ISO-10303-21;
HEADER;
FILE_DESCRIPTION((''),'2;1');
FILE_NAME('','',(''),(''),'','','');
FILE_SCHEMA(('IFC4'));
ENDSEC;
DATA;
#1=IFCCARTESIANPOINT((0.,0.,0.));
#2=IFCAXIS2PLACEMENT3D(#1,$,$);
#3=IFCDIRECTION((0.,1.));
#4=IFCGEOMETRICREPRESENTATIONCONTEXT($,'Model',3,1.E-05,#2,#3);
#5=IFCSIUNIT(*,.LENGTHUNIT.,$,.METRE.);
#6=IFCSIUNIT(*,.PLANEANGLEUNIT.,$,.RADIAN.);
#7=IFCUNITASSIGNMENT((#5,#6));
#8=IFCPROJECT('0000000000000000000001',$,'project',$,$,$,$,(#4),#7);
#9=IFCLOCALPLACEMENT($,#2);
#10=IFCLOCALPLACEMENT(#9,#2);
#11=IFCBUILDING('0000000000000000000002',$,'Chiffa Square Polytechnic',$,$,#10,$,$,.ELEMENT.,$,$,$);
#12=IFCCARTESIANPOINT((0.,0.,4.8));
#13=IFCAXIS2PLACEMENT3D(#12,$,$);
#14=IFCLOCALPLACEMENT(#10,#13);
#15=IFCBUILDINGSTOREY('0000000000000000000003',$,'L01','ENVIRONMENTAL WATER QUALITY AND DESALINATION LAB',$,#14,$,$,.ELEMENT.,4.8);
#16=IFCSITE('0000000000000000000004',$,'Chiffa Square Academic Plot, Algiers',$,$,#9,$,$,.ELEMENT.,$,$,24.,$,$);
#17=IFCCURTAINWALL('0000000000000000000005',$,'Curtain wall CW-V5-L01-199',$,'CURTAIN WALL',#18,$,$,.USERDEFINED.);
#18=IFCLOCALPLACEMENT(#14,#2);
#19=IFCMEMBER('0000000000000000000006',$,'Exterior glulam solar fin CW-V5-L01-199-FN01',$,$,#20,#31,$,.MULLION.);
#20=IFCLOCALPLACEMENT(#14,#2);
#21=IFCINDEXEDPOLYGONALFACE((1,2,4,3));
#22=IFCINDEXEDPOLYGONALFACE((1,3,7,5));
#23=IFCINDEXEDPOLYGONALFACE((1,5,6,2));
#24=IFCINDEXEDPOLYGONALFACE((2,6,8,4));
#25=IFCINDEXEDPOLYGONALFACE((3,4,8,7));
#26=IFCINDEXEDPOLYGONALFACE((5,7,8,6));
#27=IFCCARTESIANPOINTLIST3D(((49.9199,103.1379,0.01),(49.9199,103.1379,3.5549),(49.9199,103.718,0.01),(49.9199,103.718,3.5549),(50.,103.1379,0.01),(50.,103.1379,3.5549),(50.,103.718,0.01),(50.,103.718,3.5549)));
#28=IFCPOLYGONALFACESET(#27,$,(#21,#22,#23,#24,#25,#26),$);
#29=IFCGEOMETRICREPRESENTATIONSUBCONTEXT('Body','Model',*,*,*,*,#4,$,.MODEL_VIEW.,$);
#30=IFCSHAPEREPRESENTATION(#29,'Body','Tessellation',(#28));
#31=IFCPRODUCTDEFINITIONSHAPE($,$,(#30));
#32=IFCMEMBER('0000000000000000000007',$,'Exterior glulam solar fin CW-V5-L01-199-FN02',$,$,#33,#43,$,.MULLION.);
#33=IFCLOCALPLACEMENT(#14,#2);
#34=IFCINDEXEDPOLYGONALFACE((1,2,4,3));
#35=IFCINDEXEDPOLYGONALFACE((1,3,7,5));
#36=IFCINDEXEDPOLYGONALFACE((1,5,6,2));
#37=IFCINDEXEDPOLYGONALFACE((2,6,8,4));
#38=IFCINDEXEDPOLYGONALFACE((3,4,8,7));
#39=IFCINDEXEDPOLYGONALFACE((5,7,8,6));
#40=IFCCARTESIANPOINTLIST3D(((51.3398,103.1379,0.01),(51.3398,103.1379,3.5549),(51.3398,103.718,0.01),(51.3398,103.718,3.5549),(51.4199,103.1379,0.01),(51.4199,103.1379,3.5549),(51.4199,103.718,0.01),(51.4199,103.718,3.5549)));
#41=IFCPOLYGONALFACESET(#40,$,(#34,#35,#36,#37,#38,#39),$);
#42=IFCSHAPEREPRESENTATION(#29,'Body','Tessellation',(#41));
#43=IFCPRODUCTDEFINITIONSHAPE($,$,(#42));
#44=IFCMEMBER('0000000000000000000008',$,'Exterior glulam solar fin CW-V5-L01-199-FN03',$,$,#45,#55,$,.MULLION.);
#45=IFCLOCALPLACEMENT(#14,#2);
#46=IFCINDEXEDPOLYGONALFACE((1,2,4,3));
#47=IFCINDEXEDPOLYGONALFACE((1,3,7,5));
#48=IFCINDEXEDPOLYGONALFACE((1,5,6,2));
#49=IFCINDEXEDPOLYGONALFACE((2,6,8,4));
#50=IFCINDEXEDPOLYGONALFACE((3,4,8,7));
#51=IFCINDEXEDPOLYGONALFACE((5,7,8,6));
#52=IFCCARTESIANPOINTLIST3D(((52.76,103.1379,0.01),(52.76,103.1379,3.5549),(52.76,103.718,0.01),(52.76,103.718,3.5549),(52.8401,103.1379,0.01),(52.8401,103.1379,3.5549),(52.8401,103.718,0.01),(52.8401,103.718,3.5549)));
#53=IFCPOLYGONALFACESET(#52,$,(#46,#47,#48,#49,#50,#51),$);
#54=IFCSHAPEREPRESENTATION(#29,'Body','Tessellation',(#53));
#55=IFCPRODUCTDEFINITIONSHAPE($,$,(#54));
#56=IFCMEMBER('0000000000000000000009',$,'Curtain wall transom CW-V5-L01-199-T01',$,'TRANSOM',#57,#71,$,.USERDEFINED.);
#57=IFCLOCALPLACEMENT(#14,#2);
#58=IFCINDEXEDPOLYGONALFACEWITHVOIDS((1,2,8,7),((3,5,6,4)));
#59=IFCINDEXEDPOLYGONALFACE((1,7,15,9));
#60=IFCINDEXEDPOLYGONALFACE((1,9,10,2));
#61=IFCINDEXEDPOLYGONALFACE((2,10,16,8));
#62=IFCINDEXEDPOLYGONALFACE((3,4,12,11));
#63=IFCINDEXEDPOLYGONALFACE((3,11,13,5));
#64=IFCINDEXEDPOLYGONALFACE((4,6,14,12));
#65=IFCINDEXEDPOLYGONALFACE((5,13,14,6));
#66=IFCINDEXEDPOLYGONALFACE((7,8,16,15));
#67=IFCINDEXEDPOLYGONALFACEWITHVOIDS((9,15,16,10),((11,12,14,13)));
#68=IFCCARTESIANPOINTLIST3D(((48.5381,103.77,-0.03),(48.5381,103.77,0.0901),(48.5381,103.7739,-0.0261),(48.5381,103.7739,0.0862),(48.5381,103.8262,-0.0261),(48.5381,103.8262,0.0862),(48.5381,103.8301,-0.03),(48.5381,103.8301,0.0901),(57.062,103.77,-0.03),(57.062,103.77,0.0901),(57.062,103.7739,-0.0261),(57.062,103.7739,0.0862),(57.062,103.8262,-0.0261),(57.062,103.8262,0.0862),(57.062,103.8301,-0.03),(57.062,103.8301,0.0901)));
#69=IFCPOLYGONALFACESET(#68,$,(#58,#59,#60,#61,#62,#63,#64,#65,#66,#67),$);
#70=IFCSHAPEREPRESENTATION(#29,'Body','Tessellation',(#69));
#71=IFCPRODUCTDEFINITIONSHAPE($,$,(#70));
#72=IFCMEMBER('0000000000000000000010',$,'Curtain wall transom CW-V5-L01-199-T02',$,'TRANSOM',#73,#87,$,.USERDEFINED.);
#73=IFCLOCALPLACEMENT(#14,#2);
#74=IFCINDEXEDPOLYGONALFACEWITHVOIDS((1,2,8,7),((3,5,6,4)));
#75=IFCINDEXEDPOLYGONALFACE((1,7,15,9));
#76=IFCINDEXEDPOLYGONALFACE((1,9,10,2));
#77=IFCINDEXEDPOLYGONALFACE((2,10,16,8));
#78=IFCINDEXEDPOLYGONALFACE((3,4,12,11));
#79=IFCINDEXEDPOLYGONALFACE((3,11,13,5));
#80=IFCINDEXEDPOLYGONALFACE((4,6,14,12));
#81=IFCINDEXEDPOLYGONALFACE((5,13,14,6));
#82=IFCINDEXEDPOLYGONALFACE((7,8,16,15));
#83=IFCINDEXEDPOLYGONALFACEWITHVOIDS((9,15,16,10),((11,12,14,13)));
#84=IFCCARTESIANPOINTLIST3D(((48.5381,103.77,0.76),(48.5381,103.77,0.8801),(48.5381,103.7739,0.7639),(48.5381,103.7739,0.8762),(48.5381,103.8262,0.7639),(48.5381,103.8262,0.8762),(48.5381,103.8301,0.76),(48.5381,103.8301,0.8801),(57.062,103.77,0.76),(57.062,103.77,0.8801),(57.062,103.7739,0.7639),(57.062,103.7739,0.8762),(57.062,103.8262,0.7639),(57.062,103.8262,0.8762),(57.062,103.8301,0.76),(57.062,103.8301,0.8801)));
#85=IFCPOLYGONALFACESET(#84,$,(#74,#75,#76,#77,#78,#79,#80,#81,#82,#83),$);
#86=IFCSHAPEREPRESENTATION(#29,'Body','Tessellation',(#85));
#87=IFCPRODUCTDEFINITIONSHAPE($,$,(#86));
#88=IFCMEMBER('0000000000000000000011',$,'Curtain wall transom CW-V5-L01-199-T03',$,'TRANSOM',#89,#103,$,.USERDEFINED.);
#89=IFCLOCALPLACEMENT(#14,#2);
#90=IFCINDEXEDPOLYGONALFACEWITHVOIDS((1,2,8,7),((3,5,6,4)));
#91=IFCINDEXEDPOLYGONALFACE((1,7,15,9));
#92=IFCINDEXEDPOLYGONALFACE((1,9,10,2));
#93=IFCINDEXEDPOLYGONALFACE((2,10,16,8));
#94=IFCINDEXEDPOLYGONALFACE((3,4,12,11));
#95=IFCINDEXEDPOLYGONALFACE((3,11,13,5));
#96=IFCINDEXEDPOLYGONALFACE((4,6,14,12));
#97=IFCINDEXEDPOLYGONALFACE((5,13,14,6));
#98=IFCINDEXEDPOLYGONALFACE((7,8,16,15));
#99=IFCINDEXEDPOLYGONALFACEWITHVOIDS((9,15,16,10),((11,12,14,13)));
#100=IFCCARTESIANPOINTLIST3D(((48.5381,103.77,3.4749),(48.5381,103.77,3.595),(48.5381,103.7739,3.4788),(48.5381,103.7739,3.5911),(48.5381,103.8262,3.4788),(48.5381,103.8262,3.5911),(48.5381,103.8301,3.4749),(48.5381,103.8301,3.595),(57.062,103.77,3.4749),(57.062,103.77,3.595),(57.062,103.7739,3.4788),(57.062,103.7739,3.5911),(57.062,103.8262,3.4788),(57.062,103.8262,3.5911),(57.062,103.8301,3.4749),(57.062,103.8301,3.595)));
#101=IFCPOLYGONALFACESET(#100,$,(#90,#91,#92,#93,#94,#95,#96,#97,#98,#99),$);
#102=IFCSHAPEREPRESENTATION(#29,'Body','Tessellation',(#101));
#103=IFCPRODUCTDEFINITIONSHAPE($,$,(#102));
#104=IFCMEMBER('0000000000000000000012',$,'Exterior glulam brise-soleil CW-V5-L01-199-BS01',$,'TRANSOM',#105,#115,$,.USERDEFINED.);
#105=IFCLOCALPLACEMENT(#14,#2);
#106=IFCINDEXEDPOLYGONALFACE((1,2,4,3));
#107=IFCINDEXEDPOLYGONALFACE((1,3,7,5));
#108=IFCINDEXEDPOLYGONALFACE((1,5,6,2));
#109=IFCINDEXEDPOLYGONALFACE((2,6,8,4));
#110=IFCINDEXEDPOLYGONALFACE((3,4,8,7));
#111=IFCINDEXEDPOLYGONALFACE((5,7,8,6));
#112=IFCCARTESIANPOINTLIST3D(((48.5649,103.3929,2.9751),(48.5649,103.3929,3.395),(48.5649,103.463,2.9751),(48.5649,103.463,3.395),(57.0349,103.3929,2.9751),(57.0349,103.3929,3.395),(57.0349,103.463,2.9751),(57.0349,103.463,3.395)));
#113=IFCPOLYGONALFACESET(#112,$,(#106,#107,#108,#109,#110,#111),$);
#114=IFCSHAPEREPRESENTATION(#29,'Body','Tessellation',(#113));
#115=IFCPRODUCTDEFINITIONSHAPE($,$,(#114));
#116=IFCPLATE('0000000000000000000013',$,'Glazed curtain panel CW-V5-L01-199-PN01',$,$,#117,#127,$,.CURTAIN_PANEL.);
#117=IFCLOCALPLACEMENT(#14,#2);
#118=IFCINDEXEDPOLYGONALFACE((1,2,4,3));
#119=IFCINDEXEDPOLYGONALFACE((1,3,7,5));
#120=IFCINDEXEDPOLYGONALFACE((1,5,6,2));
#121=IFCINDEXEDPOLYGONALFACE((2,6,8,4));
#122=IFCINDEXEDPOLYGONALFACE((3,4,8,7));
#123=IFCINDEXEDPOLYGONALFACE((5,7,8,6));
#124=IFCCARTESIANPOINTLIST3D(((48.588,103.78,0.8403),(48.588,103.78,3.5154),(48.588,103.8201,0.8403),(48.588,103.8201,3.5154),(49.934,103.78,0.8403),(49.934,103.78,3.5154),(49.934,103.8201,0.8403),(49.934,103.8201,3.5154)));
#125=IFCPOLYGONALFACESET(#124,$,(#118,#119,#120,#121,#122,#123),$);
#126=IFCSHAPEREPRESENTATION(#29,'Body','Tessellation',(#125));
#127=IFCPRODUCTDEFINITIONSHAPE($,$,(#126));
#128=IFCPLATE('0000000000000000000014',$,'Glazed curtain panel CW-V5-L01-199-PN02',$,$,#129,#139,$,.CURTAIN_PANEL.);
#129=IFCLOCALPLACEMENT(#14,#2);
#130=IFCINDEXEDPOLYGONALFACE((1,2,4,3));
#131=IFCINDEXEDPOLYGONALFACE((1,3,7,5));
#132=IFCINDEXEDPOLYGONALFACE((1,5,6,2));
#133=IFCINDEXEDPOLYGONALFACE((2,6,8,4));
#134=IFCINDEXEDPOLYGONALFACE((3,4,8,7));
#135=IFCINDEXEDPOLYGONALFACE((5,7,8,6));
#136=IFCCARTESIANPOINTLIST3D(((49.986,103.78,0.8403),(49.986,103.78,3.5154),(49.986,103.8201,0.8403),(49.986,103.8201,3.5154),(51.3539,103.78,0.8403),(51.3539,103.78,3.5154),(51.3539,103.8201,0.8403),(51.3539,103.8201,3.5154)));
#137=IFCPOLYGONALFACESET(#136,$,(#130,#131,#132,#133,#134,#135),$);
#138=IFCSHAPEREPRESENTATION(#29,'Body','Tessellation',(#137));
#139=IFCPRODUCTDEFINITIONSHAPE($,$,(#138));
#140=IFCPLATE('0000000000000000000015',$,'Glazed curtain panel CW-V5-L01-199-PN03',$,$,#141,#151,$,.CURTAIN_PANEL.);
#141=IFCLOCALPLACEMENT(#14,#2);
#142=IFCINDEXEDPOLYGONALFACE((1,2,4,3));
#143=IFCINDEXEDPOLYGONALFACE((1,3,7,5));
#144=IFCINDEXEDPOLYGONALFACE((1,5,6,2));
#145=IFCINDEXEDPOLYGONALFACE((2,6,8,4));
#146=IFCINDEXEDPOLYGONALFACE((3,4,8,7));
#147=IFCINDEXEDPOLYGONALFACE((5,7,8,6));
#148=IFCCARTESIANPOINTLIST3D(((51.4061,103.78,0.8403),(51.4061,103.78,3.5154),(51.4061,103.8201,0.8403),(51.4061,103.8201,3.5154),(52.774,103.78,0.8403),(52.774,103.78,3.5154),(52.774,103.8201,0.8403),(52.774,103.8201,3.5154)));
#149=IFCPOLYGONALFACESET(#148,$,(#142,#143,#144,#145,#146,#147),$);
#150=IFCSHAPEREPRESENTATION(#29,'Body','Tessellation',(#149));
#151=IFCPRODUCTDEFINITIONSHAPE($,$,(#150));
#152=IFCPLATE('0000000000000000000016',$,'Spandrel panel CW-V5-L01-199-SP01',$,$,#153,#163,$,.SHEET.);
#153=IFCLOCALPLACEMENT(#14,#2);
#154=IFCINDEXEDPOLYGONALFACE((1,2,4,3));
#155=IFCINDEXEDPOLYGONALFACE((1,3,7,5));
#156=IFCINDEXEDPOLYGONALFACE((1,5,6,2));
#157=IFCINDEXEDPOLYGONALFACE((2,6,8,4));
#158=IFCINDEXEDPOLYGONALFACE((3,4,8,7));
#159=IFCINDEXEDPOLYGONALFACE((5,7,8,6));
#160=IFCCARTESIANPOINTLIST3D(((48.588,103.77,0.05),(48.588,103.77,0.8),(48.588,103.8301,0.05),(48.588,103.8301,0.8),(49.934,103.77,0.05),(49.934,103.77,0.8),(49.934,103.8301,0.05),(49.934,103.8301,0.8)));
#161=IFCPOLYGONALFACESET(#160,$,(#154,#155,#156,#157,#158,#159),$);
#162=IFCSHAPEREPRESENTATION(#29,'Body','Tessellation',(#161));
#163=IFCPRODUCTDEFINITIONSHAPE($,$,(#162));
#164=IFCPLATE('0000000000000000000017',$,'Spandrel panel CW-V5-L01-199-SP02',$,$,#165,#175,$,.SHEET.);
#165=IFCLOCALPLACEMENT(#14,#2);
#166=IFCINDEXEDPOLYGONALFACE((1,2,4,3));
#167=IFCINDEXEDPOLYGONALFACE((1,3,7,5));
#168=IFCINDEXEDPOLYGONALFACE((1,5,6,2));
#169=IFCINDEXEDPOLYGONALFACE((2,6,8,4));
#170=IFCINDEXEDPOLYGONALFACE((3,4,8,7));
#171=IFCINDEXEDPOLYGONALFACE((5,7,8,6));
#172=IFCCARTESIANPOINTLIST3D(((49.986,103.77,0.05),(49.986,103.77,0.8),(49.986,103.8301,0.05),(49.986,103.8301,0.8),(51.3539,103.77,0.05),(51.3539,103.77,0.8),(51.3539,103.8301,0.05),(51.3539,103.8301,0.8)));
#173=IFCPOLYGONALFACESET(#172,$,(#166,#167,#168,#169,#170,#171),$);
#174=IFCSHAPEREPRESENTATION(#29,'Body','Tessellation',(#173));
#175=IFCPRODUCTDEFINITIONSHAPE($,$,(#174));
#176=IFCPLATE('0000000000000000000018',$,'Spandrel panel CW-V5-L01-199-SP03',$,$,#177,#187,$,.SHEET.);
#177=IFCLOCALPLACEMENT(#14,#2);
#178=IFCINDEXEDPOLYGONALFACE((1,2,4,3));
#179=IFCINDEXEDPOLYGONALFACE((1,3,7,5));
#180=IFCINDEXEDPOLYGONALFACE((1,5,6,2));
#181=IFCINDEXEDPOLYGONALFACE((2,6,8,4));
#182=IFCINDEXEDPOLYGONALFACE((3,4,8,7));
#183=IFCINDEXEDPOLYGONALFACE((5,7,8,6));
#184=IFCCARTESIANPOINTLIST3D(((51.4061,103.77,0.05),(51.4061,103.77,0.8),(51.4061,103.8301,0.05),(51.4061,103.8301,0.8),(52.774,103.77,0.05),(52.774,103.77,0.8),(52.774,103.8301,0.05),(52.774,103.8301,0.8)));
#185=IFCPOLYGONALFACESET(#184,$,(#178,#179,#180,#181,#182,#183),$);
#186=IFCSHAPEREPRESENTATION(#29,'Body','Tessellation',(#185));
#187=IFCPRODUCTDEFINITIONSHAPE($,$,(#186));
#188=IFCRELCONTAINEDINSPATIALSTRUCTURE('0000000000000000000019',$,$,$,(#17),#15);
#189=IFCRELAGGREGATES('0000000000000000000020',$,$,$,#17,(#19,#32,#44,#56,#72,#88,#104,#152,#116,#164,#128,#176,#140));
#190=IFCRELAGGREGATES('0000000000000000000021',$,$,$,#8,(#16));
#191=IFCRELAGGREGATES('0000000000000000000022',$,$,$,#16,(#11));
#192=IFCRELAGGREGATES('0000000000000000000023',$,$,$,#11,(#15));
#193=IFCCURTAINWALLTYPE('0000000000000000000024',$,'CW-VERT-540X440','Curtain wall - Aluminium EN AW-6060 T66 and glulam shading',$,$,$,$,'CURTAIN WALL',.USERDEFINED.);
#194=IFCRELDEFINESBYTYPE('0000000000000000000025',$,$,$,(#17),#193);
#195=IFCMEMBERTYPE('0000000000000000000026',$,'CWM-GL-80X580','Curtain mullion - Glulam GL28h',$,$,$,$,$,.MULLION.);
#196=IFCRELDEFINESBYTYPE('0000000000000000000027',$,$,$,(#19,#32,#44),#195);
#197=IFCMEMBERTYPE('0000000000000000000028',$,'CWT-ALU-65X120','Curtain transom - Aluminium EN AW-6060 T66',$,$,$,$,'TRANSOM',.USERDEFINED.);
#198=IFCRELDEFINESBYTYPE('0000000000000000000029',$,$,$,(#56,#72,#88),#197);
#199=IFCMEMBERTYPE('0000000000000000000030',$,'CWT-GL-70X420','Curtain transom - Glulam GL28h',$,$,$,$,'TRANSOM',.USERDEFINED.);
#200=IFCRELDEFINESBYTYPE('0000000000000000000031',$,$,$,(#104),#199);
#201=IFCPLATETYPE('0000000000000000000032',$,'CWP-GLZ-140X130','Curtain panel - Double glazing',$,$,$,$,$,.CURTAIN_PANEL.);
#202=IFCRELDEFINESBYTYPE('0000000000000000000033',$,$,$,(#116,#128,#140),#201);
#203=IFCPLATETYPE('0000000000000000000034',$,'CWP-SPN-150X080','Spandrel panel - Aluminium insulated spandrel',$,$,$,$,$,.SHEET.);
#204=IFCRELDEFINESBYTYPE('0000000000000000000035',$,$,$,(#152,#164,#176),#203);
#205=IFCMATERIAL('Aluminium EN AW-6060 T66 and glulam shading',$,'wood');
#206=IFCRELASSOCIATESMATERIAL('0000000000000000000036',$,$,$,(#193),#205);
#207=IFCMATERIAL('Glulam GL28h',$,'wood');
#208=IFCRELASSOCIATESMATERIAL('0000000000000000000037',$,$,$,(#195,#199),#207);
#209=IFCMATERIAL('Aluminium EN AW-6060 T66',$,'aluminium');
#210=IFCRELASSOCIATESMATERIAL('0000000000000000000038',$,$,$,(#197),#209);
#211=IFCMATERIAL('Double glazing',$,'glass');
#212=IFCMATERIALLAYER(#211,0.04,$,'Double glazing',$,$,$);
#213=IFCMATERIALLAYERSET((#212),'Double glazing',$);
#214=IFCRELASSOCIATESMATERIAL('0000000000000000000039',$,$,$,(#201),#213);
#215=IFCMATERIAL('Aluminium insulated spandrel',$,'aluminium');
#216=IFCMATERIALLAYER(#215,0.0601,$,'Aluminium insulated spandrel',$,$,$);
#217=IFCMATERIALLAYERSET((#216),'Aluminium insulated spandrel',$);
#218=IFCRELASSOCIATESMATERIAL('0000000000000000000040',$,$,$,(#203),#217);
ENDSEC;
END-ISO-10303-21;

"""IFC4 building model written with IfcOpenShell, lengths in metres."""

from ifc_helpers import new_model, si_unit, direction, frame, origin, origin_2d, place, context, subcontext, project, spatial, rectangle, hollow_rectangle, extrude, material, layer, layer_set, material_profile, profile_set, type_object, element, aggregate, save


model = new_model("IFC4")

# Units and contexts
model_context = context("Model", 3, precision=1e-05, world=origin(), true_north=direction((0.0, 1.0)))
body_context = subcontext(model_context, "Body", "Model", "MODEL_VIEW")
ifc_project = project(units=[si_unit("LENGTHUNIT", "METRE"), si_unit("PLANEANGLEUNIT", "RADIAN")], contexts=[model_context])

# Site, building, storey
site_placement = place(None, origin())
site = spatial("IfcSite", under=ifc_project, at=site_placement, Name="Chiffa Square Academic Plot, Algiers", CompositionType="ELEMENT", RefElevation=24.0)
building_placement = place(site_placement, origin())
building = spatial("IfcBuilding", under=site, at=building_placement, Name="Chiffa Square Polytechnic", CompositionType="ELEMENT")
storey_placement = place(building_placement, frame((0.0, 0.0, 4.8)))
storey = spatial("IfcBuildingStorey", under=building, at=storey_placement, Name="L01", Description="ENVIRONMENTAL WATER QUALITY AND DESALINATION LAB", CompositionType="ELEMENT", Elevation=4.8)

# Curtain wall
ifc_material_1 = material(Name="Aluminium EN AW-6060 T66 and glulam shading", Category="wood")
curtain_wall_type_1 = type_object("IfcCurtainWallType", Name="CW-VERT-540X440", Description="Curtain wall - Aluminium EN AW-6060 T66 and glulam shading", ElementType="CURTAIN WALL", PredefinedType="USERDEFINED", material=ifc_material_1)
curtain_wall_1_placement = place(storey_placement, origin())
curtain_wall_1 = element("IfcCurtainWall", 1, at=curtain_wall_1_placement, inside=storey, type_object=curtain_wall_type_1, Name="Curtain wall CW-V5-L01-199", ObjectType="CURTAIN WALL", PredefinedType="USERDEFINED")
ifc_material_2 = material(Name="Aluminium EN AW-6060 T66", Category="aluminium")
ifc_material_3 = material(Name="Glulam GL28h", Category="wood")

# Members
ifc_material_profile_1 = material_profile(ifc_material_3, rectangle(XDim=0.0801, YDim=0.5801, at=origin_2d()), Name="GL28h 80x580")
ifc_profile_set_1 = profile_set([ifc_material_profile_1], Name="Glulam GL28h")
member_type_1 = type_object("IfcMemberType", Name="CWM-GL-80X580", Description="Curtain mullion - Glulam GL28h", PredefinedType="MULLION", material=ifc_profile_set_1)
member_1_placement = place(storey_placement, frame((49.96, 103.428, 0.01), z_axis=(0.0, 0.0, 1.0), x_axis=(1.0, 0.0, 0.0)))
member_1 = element("IfcMember", 2, at=member_1_placement, type_object=member_type_1, Name="Exterior glulam solar fin CW-V5-L01-199-FN01", PredefinedType="MULLION", context=body_context, shape_type="SweptSolid", body=[
    extrude(rectangle(XDim=0.0801, YDim=0.5801, at=origin_2d()), origin(), (0.0, 0.0, 1.0), 3.5449),
])
member_2_placement = place(storey_placement, frame((51.3799, 103.428, 0.01), z_axis=(0.0, 0.0, 1.0), x_axis=(1.0, 0.0, 0.0)))
member_2 = element("IfcMember", 3, at=member_2_placement, type_object=member_type_1, Name="Exterior glulam solar fin CW-V5-L01-199-FN02", PredefinedType="MULLION", context=body_context, shape_type="SweptSolid", body=[
    extrude(rectangle(XDim=0.0801, YDim=0.5801, at=origin_2d()), origin(), (0.0, 0.0, 1.0), 3.5449),
])
member_3_placement = place(storey_placement, frame((52.8, 103.428, 0.01), z_axis=(0.0, 0.0, 1.0), x_axis=(1.0, 0.0, 0.0)))
member_3 = element("IfcMember", 4, at=member_3_placement, type_object=member_type_1, Name="Exterior glulam solar fin CW-V5-L01-199-FN03", PredefinedType="MULLION", context=body_context, shape_type="SweptSolid", body=[
    extrude(rectangle(XDim=0.0801, YDim=0.5801, at=origin_2d()), origin(), (0.0, 0.0, 1.0), 3.5449),
])
ifc_material_profile_2 = material_profile(ifc_material_2, hollow_rectangle(XDim=0.0601, YDim=0.1201, WallThickness=0.0039, at=origin_2d()), Name="ALU 60x120x4")
ifc_profile_set_2 = profile_set([ifc_material_profile_2], Name="Aluminium EN AW-6060 T66")
member_type_2 = type_object("IfcMemberType", Name="CWT-ALU-65X120", Description="Curtain transom - Aluminium EN AW-6060 T66", ElementType="TRANSOM", PredefinedType="USERDEFINED", material=ifc_profile_set_2)
member_4_placement = place(storey_placement, frame((48.5381, 103.8, 0.03), z_axis=(1.0, 0.0, 0.0), x_axis=(0.0, 1.0, 0.0)))
member_4 = element("IfcMember", 5, at=member_4_placement, type_object=member_type_2, Name="Curtain wall transom CW-V5-L01-199-T01", ObjectType="TRANSOM", PredefinedType="USERDEFINED", context=body_context, shape_type="SweptSolid", body=[
    extrude(hollow_rectangle(XDim=0.0601, YDim=0.1201, WallThickness=0.0039, at=origin_2d()), origin(), (0.0, 0.0, 1.0), 8.5239),
])
member_5_placement = place(storey_placement, frame((48.5381, 103.8, 0.8201), z_axis=(1.0, 0.0, 0.0), x_axis=(0.0, 1.0, 0.0)))
member_5 = element("IfcMember", 6, at=member_5_placement, type_object=member_type_2, Name="Curtain wall transom CW-V5-L01-199-T02", ObjectType="TRANSOM", PredefinedType="USERDEFINED", context=body_context, shape_type="SweptSolid", body=[
    extrude(hollow_rectangle(XDim=0.0601, YDim=0.1201, WallThickness=0.0039, at=origin_2d()), origin(), (0.0, 0.0, 1.0), 8.5239),
])
member_6_placement = place(storey_placement, frame((48.5381, 103.8, 3.5349), z_axis=(1.0, 0.0, 0.0), x_axis=(0.0, 1.0, 0.0)))
member_6 = element("IfcMember", 7, at=member_6_placement, type_object=member_type_2, Name="Curtain wall transom CW-V5-L01-199-T03", ObjectType="TRANSOM", PredefinedType="USERDEFINED", context=body_context, shape_type="SweptSolid", body=[
    extrude(hollow_rectangle(XDim=0.0601, YDim=0.1201, WallThickness=0.0039, at=origin_2d()), origin(), (0.0, 0.0, 1.0), 8.5239),
])
ifc_material_profile_3 = material_profile(ifc_material_3, rectangle(XDim=0.0701, YDim=0.4199, at=origin_2d()), Name="GL28h 70x420")
ifc_profile_set_3 = profile_set([ifc_material_profile_3], Name="Glulam GL28h")
member_type_3 = type_object("IfcMemberType", Name="CWT-GL-70X420", Description="Curtain transom - Glulam GL28h", ElementType="TRANSOM", PredefinedType="USERDEFINED", material=ifc_profile_set_3)
member_7_placement = place(storey_placement, frame((48.5649, 103.428, 3.1851), z_axis=(1.0, 0.0, 0.0), x_axis=(0.0, 1.0, 0.0)))
member_7 = element("IfcMember", 8, at=member_7_placement, type_object=member_type_3, Name="Exterior glulam brise-soleil CW-V5-L01-199-BS01", ObjectType="TRANSOM", PredefinedType="USERDEFINED", context=body_context, shape_type="SweptSolid", body=[
    extrude(rectangle(XDim=0.0701, YDim=0.4199, at=origin_2d()), origin(), (0.0, 0.0, 1.0), 8.47),
])

# Plates
ifc_material_4 = material(Name="Double glazing", Category="glass")
ifc_layer_1 = layer(ifc_material_4, 0.04, Name="Double glazing")
ifc_layer_set_1 = layer_set([ifc_layer_1], Name="Double glazing")
plate_type_1 = type_object("IfcPlateType", Name="CWP-GLZ-140X130", Description="Curtain panel - Double glazing", PredefinedType="CURTAIN_PANEL", material=ifc_layer_set_1)
plate_1_placement = place(storey_placement, frame((49.261, 103.8, 0.8403), z_axis=(0.0, 0.0, 1.0), x_axis=(1.0, 0.0, 0.0)))
plate_1 = element("IfcPlate", 9, at=plate_1_placement, type_object=plate_type_1, Name="Glazed curtain panel CW-V5-L01-199-PN01", PredefinedType="CURTAIN_PANEL", context=body_context, shape_type="SweptSolid", body=[
    extrude(rectangle(XDim=1.3459, YDim=0.04, at=origin_2d()), origin(), (0.0, 0.0, 1.0), 2.675),
])
plate_2_placement = place(storey_placement, frame((50.6699, 103.8, 0.8403), z_axis=(0.0, 0.0, 1.0), x_axis=(1.0, 0.0, 0.0)))
plate_2 = element("IfcPlate", 10, at=plate_2_placement, type_object=plate_type_1, Name="Glazed curtain panel CW-V5-L01-199-PN02", PredefinedType="CURTAIN_PANEL", context=body_context, shape_type="SweptSolid", body=[
    extrude(rectangle(XDim=1.3679, YDim=0.04, at=origin_2d()), origin(), (0.0, 0.0, 1.0), 2.675),
])
plate_3_placement = place(storey_placement, frame((52.0901, 103.8, 0.8403), z_axis=(0.0, 0.0, 1.0), x_axis=(1.0, 0.0, 0.0)))
plate_3 = element("IfcPlate", 11, at=plate_3_placement, type_object=plate_type_1, Name="Glazed curtain panel CW-V5-L01-199-PN03", PredefinedType="CURTAIN_PANEL", context=body_context, shape_type="SweptSolid", body=[
    extrude(rectangle(XDim=1.3679, YDim=0.04, at=origin_2d()), origin(), (0.0, 0.0, 1.0), 2.675),
])
ifc_material_5 = material(Name="Aluminium insulated spandrel", Category="aluminium")
ifc_layer_2 = layer(ifc_material_5, 0.0601, Name="Aluminium insulated spandrel")
ifc_layer_set_2 = layer_set([ifc_layer_2], Name="Aluminium insulated spandrel")
plate_type_2 = type_object("IfcPlateType", Name="CWP-SPN-150X080", Description="Spandrel panel - Aluminium insulated spandrel", PredefinedType="SHEET", material=ifc_layer_set_2)
plate_4_placement = place(storey_placement, frame((49.261, 103.8, 0.05), z_axis=(0.0, 0.0, 1.0), x_axis=(1.0, 0.0, 0.0)))
plate_4 = element("IfcPlate", 12, at=plate_4_placement, type_object=plate_type_2, Name="Spandrel panel CW-V5-L01-199-SP01", PredefinedType="SHEET", context=body_context, shape_type="SweptSolid", body=[
    extrude(rectangle(XDim=1.3459, YDim=0.0601, at=origin_2d()), origin(), (0.0, 0.0, 1.0), 0.75),
])
plate_5_placement = place(storey_placement, frame((50.6699, 103.8, 0.05), z_axis=(0.0, 0.0, 1.0), x_axis=(1.0, 0.0, 0.0)))
plate_5 = element("IfcPlate", 13, at=plate_5_placement, type_object=plate_type_2, Name="Spandrel panel CW-V5-L01-199-SP02", PredefinedType="SHEET", context=body_context, shape_type="SweptSolid", body=[
    extrude(rectangle(XDim=1.3679, YDim=0.0601, at=origin_2d()), origin(), (0.0, 0.0, 1.0), 0.75),
])
plate_6_placement = place(storey_placement, frame((52.0901, 103.8, 0.05), z_axis=(0.0, 0.0, 1.0), x_axis=(1.0, 0.0, 0.0)))
plate_6 = element("IfcPlate", 14, at=plate_6_placement, type_object=plate_type_2, Name="Spandrel panel CW-V5-L01-199-SP03", PredefinedType="SHEET", context=body_context, shape_type="SweptSolid", body=[
    extrude(rectangle(XDim=1.3679, YDim=0.0601, at=origin_2d()), origin(), (0.0, 0.0, 1.0), 0.75),
])
aggregate(curtain_wall_1, [member_1, member_2, member_3, member_4, member_5, member_6, member_7, plate_4, plate_1, plate_5, plate_2, plate_6, plate_3])

save(model, "model.ifc")
